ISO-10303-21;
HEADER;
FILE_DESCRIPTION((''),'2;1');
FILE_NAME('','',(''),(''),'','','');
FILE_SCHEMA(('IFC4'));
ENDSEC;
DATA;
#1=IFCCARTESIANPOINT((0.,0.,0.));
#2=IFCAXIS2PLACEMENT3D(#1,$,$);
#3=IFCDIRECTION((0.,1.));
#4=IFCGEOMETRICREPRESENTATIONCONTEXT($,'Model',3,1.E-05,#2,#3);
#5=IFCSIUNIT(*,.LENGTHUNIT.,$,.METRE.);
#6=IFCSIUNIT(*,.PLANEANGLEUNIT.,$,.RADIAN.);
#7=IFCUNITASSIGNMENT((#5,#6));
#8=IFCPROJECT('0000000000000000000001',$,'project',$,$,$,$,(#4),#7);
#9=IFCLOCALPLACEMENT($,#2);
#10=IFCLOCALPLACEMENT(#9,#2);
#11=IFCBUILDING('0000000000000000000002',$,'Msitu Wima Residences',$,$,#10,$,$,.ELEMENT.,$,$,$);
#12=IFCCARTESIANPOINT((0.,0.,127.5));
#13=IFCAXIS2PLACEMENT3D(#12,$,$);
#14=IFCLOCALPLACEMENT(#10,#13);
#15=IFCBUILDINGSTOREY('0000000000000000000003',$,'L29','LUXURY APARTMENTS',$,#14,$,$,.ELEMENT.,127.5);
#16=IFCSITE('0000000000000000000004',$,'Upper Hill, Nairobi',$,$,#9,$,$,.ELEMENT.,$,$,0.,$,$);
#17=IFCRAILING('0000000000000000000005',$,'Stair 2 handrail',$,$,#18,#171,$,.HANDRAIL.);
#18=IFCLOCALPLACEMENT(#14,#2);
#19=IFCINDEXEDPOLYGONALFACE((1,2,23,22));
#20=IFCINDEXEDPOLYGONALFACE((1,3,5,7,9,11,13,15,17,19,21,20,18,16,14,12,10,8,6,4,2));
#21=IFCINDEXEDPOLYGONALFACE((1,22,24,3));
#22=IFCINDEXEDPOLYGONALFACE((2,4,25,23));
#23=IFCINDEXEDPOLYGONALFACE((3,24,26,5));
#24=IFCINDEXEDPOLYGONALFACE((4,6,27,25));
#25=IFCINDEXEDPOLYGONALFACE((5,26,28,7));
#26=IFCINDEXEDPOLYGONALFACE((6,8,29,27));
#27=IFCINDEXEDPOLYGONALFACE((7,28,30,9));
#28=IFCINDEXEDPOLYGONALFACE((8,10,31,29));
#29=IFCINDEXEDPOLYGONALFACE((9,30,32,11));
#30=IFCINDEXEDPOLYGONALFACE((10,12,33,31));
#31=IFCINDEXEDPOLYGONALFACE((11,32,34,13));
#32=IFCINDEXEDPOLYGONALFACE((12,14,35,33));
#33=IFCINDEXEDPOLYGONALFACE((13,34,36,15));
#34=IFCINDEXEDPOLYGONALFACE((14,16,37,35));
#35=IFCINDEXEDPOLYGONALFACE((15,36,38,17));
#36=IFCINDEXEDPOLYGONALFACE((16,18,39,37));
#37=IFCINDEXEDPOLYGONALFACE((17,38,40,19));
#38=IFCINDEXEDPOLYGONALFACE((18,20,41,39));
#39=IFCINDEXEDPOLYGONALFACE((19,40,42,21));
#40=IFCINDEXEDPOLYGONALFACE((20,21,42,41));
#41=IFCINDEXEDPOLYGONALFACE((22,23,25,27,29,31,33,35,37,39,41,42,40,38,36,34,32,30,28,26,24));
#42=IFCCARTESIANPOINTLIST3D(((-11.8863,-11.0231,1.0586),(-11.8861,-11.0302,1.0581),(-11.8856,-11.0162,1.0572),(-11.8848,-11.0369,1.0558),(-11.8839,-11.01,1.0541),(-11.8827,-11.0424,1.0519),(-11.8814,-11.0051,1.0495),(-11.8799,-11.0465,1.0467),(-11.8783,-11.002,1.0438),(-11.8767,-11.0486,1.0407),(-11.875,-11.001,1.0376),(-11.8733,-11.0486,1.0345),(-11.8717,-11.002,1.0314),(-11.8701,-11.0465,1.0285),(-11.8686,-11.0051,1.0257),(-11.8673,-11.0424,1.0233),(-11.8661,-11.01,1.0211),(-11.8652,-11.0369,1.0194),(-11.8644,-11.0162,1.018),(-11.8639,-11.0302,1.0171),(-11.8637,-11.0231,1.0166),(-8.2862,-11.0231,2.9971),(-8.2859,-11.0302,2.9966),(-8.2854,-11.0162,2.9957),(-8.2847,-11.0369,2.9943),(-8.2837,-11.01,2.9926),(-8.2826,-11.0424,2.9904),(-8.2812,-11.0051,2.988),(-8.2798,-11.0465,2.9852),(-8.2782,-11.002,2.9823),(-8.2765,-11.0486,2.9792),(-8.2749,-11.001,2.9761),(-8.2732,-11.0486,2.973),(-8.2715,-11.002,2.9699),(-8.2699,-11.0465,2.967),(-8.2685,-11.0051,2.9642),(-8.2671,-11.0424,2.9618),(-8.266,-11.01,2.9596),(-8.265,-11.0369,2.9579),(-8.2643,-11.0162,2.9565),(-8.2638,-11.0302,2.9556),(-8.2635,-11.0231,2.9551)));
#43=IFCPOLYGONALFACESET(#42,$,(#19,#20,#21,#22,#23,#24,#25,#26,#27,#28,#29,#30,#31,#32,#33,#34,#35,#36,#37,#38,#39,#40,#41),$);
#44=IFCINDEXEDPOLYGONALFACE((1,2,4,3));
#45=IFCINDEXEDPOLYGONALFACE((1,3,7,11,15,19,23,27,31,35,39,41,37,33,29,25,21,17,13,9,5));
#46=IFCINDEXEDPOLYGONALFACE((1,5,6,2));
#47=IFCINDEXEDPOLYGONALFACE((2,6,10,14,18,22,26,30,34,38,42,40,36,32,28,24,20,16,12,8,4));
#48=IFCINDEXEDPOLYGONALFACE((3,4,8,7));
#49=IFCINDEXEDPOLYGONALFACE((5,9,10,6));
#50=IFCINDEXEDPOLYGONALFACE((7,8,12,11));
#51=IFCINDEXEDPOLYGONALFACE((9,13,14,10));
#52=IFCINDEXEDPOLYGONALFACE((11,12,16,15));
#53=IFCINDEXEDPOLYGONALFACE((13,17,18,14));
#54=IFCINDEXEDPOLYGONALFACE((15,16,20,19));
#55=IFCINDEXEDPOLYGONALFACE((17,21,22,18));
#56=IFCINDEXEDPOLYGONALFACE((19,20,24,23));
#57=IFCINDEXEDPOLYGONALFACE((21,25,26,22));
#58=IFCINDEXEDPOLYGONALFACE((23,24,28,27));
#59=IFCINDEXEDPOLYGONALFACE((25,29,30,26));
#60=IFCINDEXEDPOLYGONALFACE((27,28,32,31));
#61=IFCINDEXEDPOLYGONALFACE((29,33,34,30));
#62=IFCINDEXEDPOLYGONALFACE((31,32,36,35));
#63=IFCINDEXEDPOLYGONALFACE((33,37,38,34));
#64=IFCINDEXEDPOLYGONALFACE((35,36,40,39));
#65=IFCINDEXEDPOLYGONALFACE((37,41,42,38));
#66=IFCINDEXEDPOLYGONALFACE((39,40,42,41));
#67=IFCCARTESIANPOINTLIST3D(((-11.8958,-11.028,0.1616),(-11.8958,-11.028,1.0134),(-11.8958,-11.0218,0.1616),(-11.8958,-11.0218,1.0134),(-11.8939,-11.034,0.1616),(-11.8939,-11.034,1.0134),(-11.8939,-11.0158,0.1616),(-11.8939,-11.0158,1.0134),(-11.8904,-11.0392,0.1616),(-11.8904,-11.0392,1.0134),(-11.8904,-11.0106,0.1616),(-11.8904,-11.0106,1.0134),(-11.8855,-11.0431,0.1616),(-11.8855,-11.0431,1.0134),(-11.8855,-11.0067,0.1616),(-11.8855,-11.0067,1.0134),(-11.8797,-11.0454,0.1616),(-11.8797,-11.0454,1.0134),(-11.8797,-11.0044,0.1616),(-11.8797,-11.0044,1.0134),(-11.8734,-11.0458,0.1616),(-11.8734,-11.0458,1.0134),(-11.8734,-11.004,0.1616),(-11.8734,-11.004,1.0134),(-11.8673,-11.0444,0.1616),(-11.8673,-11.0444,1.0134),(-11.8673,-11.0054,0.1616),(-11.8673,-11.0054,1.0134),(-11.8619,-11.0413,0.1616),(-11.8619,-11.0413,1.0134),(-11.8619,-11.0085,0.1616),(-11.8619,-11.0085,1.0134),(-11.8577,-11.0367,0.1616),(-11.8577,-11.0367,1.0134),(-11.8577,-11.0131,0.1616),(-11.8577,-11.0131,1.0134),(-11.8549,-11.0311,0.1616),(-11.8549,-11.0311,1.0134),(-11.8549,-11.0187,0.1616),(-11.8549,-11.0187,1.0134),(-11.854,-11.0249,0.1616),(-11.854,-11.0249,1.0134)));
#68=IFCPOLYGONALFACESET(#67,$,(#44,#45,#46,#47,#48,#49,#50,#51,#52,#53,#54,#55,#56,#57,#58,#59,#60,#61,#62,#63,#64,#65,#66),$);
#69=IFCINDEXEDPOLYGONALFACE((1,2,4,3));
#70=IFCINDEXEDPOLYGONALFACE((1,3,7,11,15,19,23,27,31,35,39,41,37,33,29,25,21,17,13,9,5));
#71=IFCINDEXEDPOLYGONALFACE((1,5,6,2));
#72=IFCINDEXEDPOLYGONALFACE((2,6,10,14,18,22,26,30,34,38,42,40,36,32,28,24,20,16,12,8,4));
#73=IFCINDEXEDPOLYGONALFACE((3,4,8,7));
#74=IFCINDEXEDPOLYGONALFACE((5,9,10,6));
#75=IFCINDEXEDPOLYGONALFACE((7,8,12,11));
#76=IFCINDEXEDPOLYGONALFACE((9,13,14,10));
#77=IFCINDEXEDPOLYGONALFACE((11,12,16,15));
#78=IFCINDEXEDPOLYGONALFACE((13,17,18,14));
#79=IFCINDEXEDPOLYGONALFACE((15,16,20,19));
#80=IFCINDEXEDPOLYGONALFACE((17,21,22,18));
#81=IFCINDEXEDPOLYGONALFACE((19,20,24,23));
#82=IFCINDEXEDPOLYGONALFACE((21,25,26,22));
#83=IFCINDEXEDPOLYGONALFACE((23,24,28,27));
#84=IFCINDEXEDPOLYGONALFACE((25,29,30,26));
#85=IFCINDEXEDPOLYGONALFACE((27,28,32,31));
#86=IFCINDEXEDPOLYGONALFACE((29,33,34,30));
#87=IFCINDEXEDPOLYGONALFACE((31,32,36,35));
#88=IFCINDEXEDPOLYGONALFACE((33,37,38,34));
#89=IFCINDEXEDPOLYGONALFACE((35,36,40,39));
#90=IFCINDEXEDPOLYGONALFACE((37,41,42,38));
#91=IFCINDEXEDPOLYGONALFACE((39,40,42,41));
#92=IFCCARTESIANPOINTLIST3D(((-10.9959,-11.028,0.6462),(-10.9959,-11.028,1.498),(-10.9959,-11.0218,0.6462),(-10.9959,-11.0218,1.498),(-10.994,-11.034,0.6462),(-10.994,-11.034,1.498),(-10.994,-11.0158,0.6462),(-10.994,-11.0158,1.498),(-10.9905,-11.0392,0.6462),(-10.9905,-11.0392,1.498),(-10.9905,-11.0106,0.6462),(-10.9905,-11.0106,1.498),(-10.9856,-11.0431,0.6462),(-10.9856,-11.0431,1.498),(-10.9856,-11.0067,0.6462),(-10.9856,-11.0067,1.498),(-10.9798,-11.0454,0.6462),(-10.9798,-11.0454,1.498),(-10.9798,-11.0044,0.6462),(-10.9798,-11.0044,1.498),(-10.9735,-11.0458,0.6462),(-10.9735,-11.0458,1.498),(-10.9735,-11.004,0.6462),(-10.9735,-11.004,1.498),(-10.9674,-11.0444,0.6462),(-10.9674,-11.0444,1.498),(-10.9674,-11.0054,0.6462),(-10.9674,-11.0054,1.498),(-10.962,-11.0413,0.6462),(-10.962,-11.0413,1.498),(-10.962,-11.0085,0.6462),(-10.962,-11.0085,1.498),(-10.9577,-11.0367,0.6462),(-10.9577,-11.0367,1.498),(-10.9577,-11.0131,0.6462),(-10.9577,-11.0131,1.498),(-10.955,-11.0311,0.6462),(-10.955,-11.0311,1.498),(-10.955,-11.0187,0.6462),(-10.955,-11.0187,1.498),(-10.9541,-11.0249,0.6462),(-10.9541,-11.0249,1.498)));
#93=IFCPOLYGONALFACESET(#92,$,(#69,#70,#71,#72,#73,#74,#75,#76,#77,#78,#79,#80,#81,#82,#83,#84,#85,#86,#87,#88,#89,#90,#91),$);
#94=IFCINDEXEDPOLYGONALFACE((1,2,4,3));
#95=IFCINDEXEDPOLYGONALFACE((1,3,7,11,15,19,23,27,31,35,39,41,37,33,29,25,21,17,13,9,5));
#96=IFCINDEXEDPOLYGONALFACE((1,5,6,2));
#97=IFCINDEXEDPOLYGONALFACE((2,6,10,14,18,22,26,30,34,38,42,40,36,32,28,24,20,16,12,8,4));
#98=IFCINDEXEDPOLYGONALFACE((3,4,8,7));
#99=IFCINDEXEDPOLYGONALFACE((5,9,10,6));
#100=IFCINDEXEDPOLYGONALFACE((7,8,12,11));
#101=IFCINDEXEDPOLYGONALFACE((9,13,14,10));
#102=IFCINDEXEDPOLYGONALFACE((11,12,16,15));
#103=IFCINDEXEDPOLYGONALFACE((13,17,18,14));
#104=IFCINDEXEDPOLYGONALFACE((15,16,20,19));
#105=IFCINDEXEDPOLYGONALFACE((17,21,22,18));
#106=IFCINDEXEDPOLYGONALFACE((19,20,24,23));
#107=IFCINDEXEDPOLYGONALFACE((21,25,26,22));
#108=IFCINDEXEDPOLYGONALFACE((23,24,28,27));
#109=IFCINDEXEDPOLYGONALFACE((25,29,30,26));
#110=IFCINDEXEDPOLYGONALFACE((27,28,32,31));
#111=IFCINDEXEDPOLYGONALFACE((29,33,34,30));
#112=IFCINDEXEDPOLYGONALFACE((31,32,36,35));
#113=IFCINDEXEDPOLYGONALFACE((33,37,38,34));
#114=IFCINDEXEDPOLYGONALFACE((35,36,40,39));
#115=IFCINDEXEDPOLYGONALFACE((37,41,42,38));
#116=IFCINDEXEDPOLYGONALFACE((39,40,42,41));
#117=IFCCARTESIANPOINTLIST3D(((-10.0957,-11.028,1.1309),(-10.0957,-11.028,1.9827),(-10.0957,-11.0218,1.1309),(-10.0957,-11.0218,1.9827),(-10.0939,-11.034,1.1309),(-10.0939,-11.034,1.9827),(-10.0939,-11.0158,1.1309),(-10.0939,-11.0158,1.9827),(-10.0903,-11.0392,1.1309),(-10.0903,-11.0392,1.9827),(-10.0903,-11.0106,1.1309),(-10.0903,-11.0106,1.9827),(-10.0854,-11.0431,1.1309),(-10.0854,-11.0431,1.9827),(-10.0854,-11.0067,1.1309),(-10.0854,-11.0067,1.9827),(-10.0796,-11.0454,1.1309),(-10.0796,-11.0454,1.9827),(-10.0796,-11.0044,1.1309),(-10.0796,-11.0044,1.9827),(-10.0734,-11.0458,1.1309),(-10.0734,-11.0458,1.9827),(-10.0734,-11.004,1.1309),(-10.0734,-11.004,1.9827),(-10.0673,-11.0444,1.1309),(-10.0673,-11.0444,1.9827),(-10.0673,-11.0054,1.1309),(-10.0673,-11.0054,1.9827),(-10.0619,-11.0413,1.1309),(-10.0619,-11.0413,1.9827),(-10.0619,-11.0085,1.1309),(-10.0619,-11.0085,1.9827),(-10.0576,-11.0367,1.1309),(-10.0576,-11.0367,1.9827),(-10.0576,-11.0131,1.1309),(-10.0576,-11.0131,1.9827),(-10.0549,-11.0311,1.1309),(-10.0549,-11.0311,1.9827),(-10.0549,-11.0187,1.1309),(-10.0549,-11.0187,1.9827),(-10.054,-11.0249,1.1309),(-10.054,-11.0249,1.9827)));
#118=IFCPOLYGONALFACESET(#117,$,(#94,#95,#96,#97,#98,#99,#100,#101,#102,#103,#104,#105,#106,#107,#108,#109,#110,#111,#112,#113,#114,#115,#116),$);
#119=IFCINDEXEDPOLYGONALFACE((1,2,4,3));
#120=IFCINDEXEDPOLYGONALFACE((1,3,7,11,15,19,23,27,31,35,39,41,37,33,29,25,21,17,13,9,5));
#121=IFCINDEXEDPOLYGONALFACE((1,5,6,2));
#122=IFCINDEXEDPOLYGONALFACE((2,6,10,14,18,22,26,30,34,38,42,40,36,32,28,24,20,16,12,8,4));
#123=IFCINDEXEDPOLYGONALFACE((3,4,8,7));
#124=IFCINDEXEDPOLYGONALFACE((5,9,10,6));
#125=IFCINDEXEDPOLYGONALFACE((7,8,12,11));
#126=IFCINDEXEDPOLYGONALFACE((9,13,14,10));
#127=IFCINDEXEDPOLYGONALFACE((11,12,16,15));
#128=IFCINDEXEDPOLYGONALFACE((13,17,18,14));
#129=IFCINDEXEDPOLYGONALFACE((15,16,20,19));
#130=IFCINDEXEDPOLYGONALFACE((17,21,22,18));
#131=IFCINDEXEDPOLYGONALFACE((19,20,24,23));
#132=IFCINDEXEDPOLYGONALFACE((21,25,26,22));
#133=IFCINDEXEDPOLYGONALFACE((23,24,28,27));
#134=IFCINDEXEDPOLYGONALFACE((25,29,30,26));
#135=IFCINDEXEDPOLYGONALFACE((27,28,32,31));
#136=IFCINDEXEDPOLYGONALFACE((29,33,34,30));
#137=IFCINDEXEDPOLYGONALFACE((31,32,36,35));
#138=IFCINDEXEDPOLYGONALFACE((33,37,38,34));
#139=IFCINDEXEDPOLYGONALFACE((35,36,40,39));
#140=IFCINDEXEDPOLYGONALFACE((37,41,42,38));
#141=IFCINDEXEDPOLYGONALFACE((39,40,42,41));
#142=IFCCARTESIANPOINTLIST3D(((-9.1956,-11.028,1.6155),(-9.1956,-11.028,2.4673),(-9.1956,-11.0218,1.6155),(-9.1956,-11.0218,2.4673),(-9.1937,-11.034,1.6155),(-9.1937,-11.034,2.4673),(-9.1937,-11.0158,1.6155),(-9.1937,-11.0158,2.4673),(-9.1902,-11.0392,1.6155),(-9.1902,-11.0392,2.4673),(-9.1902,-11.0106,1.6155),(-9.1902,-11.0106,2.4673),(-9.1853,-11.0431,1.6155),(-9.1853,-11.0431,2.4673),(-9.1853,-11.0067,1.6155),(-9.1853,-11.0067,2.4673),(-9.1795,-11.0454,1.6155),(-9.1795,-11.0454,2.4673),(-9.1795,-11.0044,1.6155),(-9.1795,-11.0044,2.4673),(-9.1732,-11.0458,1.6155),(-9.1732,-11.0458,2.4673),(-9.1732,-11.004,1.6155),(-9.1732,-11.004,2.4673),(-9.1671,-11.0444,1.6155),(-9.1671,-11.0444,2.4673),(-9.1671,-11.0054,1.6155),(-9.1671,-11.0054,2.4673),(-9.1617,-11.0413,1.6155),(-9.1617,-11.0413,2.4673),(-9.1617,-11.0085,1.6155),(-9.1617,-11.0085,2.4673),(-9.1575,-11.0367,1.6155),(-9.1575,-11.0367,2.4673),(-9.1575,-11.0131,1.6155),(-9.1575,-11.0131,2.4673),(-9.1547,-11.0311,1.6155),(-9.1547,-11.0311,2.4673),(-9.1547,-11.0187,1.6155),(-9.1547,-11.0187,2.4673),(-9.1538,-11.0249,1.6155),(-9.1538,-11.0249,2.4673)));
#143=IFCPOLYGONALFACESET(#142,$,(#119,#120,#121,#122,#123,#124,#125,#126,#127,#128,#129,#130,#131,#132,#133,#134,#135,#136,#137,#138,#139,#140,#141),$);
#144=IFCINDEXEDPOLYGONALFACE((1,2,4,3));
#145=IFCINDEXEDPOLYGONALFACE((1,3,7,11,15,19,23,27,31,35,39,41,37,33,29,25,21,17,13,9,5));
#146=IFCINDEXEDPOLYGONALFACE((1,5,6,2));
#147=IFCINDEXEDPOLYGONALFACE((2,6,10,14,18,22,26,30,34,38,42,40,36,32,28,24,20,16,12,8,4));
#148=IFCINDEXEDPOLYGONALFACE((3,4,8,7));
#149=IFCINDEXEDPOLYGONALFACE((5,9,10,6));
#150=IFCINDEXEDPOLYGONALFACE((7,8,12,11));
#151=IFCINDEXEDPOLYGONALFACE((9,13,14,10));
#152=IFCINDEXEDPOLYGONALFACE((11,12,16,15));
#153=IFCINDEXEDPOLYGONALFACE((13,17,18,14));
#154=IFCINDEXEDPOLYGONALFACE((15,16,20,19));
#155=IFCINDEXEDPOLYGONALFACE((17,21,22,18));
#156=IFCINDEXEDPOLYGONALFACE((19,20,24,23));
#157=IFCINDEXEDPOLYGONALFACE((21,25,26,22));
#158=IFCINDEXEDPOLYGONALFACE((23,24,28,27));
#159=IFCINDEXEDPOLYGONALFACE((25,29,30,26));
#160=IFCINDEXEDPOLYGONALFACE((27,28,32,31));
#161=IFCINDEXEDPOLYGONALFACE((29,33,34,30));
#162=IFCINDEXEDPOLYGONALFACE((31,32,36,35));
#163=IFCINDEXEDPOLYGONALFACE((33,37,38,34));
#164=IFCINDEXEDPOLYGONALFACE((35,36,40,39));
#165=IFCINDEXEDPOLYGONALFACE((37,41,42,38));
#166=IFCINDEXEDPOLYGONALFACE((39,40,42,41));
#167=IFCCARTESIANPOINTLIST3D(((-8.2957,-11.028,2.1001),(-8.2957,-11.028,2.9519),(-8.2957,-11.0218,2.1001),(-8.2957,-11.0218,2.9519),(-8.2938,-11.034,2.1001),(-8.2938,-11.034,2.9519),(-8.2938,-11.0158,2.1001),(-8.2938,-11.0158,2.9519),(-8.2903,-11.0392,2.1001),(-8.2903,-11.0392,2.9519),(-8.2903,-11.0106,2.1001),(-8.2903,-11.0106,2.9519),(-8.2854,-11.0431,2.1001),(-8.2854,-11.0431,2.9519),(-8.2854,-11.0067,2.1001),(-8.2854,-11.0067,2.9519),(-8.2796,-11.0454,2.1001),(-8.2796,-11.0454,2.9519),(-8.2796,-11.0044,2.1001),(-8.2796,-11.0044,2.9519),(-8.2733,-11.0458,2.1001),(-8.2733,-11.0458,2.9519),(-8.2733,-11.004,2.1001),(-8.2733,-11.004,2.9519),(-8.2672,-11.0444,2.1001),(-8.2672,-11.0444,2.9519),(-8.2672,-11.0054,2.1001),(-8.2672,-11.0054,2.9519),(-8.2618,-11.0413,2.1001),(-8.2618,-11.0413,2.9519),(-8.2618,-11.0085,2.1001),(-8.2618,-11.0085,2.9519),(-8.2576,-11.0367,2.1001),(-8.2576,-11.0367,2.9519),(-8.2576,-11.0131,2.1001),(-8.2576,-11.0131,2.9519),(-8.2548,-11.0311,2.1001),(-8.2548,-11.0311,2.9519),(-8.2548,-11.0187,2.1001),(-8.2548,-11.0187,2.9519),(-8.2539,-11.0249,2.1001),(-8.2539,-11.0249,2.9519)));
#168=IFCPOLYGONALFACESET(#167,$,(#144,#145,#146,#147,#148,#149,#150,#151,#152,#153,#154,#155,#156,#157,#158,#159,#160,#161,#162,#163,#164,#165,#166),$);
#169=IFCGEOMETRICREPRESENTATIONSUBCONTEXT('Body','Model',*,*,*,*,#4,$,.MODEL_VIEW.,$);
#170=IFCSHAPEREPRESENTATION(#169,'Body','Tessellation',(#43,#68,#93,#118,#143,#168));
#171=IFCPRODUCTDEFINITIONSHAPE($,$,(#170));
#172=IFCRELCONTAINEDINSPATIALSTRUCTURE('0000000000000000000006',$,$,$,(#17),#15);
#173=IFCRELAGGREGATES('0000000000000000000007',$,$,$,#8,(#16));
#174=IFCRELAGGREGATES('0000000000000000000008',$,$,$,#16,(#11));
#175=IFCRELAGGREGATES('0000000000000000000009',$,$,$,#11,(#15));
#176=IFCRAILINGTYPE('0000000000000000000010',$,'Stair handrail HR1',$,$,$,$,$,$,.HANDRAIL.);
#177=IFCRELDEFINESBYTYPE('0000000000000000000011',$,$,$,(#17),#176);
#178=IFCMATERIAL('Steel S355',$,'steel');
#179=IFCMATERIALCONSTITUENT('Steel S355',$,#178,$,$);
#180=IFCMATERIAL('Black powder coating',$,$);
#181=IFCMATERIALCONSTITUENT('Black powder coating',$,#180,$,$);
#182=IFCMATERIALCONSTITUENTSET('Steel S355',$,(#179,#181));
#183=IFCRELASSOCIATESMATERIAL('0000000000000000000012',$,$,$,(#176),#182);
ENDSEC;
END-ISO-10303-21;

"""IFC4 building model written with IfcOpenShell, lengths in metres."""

from ifc_helpers import new_model, si_unit, direction, frame, origin, origin_2d, place, context, subcontext, project, spatial, circle, extrude, material, constituent, constituent_set, type_object, element, save


model = new_model("IFC4")

# Units and contexts
model_context = context("Model", 3, precision=1e-05, world=origin(), true_north=direction((0.0, 1.0)))
body_context = subcontext(model_context, "Body", "Model", "MODEL_VIEW")
ifc_project = project(units=[si_unit("LENGTHUNIT", "METRE"), si_unit("PLANEANGLEUNIT", "RADIAN")], contexts=[model_context])

# Site, building, storey
site_placement = place(None, origin())
site = spatial("IfcSite", under=ifc_project, at=site_placement, Name="Upper Hill, Nairobi", CompositionType="ELEMENT", RefElevation=0.0)
building_placement = place(site_placement, origin())
building = spatial("IfcBuilding", under=site, at=building_placement, Name="Msitu Wima Residences", CompositionType="ELEMENT")
storey_placement = place(building_placement, frame((0.0, 0.0, 127.5)))
storey = spatial("IfcBuildingStorey", under=building, at=storey_placement, Name="L29", Description="LUXURY APARTMENTS", CompositionType="ELEMENT", Elevation=127.5)

# Railing
ifc_material_1 = material(Name="Steel S355", Category="steel")
ifc_constituent_1 = constituent(ifc_material_1, Name="Steel S355")
ifc_material_2 = material(Name="Black powder coating")
ifc_constituent_2 = constituent(ifc_material_2, Name="Black powder coating")
ifc_constituent_set = constituent_set(constituents=[ifc_constituent_1, ifc_constituent_2], Name="Steel S355")
railing_type = type_object("IfcRailingType", Name="Stair handrail HR1", PredefinedType="HANDRAIL", material=ifc_constituent_set)
for number, where, name in (
    (1, (-11.875, -11.0249, 0.1616), "Stair 2 handrail"),
):
    element("IfcRailing", number, at=place(storey_placement, frame(where)), inside=storey, type_object=railing_type, Name=name, PredefinedType="HANDRAIL", context=body_context, shape_type="SweptSolid", body=[
        extrude(circle(Radius=0.0239, at=origin_2d()), frame((0.0, 0.0, 0.876), z_axis=(0.880475, 0.0, 0.474093), x_axis=(0.0, 1.0, 0.0)), (0.0, 0.0, 1.0), 4.0889),
        extrude(circle(Radius=0.021, at=origin_2d()), origin(), (0.0, 0.0, 1.0), 0.8518),
        extrude(circle(Radius=0.021, at=origin_2d()), frame((0.8999, 0.0, 0.4846)), (0.0, 0.0, 1.0), 0.8518),
        extrude(circle(Radius=0.021, at=origin_2d()), frame((1.8, 0.0, 0.9692)), (0.0, 0.0, 1.0), 0.8518),
        extrude(circle(Radius=0.021, at=origin_2d()), frame((2.7002, 0.0, 1.4539)), (0.0, 0.0, 1.0), 0.8518),
        extrude(circle(Radius=0.021, at=origin_2d()), frame((3.6001, 0.0, 1.9385)), (0.0, 0.0, 1.0), 0.8518),
    ])

save(model, "model.ifc")
